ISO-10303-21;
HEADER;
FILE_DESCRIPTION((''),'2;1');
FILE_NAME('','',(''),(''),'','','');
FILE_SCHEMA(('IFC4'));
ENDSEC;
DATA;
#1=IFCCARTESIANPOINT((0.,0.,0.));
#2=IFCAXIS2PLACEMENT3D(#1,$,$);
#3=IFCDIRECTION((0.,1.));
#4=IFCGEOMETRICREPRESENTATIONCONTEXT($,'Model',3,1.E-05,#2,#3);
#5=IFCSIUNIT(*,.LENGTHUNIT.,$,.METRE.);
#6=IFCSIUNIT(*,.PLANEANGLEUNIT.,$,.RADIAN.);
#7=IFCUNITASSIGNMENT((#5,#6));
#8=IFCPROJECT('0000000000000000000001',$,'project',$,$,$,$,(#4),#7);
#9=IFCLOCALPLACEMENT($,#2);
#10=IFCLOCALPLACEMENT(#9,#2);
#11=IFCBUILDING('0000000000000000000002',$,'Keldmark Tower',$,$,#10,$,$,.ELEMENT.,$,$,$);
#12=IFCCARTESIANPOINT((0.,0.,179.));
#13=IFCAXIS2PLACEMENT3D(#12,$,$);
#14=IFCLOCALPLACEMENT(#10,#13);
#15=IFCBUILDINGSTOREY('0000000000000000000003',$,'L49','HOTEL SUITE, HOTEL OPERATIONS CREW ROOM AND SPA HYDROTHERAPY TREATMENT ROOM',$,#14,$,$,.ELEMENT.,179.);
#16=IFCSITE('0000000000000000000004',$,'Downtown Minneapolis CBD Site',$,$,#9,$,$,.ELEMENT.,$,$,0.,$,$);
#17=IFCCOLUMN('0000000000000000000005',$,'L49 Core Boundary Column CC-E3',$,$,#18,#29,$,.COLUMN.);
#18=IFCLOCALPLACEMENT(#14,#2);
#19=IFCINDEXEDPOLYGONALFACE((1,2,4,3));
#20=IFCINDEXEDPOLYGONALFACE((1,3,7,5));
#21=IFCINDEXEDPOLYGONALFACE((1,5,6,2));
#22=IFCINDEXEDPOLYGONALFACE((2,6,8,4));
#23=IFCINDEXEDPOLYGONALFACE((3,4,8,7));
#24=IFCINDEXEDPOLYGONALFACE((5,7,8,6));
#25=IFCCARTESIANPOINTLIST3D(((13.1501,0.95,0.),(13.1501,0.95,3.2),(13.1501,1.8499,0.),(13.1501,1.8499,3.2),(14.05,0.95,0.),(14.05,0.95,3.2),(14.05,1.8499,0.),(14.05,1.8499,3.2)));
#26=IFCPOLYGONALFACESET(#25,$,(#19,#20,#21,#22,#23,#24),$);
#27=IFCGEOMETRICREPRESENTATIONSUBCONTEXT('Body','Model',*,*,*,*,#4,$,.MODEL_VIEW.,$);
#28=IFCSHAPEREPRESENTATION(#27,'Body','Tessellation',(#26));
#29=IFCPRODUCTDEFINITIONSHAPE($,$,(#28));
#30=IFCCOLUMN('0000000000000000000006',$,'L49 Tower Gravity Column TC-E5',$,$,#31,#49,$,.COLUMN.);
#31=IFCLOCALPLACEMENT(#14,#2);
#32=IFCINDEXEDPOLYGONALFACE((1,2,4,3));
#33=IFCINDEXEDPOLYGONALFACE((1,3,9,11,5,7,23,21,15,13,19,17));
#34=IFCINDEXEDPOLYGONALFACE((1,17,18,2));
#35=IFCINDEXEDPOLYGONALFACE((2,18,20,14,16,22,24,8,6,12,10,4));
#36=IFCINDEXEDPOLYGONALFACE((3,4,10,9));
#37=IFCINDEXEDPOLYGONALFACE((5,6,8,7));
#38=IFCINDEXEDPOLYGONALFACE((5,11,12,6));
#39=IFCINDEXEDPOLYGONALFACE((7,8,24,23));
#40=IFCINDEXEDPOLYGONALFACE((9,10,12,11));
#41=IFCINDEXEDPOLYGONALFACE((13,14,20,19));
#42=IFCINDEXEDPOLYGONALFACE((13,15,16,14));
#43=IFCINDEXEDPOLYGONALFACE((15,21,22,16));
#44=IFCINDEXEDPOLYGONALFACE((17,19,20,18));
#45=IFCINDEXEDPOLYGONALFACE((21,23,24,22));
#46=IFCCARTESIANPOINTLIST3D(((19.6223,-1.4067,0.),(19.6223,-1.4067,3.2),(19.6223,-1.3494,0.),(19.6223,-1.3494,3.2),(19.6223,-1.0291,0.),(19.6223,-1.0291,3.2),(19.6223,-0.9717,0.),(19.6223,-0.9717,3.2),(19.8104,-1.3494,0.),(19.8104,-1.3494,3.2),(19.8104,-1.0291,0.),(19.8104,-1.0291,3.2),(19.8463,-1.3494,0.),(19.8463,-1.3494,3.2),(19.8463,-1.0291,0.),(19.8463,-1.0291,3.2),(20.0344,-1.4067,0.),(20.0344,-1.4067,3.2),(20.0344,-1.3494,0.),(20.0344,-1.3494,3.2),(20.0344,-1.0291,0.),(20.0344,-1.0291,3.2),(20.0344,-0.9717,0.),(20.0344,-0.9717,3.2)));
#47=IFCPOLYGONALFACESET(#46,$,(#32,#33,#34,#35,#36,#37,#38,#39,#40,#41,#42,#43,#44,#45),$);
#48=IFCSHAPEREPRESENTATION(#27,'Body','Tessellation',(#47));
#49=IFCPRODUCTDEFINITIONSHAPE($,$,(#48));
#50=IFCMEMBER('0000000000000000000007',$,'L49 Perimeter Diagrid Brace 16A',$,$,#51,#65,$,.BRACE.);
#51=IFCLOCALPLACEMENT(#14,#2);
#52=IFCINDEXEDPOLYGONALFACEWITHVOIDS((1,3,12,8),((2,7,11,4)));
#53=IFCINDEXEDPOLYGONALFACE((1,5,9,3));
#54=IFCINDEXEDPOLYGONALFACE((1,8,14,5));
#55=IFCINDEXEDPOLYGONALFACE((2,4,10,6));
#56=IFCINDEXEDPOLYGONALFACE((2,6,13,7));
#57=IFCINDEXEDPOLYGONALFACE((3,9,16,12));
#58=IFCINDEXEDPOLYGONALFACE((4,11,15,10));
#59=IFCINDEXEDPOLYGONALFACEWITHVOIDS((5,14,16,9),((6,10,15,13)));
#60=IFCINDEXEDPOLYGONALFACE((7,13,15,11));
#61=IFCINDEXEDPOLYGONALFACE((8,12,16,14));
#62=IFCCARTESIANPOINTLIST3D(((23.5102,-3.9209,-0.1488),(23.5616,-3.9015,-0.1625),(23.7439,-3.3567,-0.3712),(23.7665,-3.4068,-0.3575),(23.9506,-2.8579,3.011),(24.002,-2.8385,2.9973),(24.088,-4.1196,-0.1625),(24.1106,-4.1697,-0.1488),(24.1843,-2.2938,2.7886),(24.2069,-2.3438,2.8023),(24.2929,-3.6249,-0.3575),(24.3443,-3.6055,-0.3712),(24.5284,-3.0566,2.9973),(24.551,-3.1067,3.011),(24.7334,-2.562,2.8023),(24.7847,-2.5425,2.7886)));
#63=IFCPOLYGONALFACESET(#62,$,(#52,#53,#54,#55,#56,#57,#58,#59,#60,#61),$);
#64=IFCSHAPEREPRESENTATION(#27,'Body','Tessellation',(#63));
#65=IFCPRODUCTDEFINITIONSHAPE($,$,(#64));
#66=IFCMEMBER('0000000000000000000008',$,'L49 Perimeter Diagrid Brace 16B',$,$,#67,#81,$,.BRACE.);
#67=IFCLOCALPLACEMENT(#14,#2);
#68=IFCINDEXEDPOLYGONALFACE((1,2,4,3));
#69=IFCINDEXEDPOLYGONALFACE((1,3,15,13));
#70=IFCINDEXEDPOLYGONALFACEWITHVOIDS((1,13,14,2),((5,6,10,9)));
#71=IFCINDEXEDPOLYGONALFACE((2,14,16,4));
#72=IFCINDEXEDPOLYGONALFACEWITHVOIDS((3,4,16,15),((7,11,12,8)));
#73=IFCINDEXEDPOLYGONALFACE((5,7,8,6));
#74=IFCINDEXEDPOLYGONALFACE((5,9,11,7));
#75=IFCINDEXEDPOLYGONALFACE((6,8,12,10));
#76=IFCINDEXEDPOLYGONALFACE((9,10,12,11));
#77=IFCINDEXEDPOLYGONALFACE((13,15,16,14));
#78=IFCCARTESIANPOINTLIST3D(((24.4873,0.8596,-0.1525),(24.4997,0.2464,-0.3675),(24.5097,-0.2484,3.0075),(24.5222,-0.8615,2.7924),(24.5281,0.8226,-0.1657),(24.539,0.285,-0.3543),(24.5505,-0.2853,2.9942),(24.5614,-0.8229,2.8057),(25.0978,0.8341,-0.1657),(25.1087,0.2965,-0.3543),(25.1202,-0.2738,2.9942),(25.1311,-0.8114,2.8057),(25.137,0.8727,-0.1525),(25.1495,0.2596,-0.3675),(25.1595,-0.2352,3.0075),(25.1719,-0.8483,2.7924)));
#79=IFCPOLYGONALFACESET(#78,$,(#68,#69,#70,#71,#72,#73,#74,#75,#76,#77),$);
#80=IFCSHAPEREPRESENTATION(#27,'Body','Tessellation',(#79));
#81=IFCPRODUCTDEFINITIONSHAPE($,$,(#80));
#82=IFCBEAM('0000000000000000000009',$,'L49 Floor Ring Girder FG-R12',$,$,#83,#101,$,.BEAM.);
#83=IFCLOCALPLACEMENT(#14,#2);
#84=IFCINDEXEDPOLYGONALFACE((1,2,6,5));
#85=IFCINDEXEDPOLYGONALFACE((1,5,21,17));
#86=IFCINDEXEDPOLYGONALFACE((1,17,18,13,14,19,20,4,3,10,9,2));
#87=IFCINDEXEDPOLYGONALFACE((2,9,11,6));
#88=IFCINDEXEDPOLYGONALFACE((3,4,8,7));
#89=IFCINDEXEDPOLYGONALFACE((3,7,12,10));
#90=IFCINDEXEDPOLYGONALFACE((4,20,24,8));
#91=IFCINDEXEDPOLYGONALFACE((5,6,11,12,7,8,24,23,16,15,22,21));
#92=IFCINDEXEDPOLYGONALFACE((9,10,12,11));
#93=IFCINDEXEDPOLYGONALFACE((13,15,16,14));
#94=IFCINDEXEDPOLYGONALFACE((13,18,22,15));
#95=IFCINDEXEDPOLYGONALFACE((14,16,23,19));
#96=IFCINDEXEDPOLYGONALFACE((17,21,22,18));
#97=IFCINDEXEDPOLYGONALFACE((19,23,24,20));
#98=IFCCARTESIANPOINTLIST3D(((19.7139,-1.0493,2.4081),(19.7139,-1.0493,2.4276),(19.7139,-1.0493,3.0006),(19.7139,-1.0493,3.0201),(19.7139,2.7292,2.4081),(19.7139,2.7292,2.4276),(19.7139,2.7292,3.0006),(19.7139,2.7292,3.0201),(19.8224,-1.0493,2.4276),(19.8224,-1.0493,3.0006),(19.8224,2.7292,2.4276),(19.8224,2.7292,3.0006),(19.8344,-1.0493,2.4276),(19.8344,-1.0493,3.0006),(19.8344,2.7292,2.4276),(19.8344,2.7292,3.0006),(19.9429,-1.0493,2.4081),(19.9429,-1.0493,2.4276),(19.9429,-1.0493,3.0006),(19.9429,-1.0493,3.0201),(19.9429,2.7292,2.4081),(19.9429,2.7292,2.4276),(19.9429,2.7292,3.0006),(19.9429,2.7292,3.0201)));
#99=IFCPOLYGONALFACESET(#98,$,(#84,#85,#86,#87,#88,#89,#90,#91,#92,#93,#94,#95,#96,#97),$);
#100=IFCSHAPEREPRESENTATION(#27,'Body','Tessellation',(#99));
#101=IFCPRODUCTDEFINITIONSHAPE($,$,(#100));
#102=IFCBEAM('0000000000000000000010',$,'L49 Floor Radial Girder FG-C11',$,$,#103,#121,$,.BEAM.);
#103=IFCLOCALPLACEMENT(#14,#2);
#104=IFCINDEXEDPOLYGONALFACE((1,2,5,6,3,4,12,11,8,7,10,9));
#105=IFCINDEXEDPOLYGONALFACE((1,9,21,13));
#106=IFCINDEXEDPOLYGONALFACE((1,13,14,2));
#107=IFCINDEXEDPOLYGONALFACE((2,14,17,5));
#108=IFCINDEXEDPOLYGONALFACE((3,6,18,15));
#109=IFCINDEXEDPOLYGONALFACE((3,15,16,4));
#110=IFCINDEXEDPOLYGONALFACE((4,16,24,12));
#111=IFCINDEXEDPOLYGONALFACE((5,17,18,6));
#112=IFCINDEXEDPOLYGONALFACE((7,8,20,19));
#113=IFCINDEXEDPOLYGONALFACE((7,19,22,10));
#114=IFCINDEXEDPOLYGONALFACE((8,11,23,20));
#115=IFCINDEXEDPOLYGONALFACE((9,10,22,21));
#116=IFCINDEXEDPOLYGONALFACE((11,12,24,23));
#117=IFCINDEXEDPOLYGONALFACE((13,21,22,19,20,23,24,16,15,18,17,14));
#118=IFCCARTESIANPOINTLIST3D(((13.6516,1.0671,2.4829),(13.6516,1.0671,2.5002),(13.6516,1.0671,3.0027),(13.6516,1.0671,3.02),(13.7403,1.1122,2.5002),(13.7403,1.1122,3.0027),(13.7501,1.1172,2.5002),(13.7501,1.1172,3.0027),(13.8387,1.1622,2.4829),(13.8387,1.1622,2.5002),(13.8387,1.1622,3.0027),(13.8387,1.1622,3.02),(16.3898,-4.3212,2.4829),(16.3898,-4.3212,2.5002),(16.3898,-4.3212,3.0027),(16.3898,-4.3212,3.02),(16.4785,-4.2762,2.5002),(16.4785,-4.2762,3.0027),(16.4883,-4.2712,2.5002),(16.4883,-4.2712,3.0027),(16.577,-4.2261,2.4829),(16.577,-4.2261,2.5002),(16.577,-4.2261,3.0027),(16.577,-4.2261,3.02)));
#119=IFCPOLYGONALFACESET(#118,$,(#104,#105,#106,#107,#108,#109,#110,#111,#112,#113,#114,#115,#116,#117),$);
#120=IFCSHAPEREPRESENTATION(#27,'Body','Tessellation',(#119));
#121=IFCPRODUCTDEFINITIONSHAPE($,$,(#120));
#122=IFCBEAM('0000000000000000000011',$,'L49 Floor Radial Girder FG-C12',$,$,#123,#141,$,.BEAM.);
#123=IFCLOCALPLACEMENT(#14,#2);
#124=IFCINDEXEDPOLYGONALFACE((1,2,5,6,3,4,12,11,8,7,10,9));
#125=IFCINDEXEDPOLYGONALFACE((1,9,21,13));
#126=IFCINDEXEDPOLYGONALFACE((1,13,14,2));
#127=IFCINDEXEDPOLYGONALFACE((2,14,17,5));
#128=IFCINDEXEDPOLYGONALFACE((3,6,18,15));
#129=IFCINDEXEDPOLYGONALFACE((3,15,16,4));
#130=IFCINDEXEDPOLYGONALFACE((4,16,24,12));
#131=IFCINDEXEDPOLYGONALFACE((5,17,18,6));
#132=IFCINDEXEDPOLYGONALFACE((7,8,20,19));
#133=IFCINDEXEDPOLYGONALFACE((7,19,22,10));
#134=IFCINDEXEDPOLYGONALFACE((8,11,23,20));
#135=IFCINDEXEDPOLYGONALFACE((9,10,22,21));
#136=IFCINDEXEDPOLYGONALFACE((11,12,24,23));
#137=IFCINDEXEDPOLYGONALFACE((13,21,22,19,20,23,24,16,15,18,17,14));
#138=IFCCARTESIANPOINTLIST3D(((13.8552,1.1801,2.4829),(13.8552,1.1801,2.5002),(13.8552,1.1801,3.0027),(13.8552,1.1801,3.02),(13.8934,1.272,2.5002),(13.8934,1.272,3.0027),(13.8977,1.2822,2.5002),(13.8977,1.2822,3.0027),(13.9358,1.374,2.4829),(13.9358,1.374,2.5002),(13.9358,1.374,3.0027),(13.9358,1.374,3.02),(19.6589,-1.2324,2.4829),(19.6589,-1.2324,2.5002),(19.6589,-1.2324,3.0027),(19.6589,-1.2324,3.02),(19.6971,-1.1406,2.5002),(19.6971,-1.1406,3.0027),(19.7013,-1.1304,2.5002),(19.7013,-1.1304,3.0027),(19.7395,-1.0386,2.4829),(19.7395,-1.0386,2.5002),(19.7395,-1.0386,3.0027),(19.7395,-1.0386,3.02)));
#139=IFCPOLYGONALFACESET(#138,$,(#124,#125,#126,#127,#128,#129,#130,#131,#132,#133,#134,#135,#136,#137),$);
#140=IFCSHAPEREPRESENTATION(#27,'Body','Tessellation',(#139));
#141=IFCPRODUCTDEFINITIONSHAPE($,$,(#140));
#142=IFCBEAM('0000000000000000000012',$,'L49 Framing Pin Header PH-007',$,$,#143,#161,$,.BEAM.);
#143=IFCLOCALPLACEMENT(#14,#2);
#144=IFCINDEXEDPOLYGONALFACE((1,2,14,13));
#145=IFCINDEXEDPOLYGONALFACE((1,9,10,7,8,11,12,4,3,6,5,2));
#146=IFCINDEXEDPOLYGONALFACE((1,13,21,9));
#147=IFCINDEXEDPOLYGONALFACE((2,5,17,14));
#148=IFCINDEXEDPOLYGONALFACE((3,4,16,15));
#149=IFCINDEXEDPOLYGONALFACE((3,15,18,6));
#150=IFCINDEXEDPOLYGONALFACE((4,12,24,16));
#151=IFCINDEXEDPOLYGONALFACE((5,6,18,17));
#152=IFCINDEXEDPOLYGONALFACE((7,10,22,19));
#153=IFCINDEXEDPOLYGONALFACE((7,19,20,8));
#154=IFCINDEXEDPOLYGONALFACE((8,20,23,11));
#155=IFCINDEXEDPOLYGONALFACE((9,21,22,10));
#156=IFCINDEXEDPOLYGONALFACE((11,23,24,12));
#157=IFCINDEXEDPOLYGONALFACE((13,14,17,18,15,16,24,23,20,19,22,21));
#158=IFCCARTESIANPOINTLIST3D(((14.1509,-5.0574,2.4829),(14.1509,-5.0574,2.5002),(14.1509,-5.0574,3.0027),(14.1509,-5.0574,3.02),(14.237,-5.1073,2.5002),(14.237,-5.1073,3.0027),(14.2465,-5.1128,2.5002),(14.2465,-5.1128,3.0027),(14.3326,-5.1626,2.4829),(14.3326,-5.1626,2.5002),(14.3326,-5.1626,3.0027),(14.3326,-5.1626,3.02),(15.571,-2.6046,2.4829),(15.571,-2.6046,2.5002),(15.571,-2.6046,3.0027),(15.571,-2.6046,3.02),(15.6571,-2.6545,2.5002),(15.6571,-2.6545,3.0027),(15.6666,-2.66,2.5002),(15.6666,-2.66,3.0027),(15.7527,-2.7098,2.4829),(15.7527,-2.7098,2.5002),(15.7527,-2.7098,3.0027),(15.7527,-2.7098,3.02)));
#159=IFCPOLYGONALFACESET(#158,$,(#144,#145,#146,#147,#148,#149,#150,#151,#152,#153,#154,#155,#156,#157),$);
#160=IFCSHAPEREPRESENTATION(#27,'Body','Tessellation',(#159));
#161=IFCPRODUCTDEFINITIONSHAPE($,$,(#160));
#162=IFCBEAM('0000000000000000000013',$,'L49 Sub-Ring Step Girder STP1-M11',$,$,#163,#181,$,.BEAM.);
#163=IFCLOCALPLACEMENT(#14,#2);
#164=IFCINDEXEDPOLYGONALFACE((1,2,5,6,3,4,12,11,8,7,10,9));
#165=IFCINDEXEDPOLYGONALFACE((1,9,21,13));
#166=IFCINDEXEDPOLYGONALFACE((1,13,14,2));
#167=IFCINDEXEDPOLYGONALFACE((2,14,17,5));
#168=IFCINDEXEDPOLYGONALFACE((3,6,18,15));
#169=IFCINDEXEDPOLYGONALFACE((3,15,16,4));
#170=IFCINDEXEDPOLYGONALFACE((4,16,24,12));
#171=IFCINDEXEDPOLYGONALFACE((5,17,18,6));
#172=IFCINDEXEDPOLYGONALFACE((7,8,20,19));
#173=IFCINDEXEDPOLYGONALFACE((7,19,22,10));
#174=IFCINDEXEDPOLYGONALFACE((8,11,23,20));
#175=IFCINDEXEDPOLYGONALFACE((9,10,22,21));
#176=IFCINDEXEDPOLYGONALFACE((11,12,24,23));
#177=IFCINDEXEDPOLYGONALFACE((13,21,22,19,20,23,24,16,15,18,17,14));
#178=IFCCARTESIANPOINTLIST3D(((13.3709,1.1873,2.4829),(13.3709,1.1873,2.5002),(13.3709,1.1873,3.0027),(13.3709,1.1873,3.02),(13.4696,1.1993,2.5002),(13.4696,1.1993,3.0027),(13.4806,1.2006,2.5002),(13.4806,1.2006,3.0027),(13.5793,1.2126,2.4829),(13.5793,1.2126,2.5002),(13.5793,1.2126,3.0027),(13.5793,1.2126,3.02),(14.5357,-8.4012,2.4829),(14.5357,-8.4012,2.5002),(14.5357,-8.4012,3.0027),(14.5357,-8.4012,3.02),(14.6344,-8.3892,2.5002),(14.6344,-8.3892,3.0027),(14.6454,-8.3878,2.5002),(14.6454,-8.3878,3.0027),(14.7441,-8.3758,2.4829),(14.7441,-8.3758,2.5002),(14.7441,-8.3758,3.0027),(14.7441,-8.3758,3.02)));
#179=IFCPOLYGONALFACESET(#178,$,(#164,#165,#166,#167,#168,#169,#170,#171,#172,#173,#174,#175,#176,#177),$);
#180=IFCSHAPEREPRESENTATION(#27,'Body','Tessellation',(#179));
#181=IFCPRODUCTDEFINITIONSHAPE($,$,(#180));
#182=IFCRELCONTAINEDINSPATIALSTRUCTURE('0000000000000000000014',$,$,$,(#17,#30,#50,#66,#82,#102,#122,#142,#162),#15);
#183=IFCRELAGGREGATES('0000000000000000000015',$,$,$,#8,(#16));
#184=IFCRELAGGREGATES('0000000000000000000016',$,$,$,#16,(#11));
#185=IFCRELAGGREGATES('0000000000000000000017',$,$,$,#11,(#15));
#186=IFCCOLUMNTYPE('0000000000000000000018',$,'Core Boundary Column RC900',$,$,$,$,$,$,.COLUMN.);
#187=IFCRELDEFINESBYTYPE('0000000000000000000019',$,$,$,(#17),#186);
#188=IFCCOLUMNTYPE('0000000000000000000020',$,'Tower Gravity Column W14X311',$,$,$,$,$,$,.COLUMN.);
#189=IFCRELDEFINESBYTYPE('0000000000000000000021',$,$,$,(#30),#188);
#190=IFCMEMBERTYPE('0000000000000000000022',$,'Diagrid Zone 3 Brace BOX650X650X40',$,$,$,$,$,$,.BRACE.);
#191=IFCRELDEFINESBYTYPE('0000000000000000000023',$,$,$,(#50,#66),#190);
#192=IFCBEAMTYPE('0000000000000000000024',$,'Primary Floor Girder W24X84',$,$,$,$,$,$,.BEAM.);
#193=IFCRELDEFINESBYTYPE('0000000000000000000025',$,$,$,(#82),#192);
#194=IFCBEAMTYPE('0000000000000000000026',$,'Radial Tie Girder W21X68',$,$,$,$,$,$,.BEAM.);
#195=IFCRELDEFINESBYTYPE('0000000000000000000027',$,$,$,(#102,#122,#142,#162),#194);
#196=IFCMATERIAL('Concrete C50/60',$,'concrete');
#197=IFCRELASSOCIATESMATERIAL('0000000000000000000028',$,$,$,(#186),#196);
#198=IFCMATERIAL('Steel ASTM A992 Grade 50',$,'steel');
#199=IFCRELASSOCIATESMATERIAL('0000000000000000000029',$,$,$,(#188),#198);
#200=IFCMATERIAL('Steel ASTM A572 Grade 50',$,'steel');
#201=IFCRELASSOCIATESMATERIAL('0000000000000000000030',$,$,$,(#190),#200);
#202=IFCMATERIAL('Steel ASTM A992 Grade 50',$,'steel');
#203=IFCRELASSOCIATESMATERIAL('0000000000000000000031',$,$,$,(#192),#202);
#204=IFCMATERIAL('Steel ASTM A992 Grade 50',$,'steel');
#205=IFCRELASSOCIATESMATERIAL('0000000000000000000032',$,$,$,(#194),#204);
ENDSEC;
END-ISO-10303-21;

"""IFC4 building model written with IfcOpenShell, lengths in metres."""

from ifc_helpers import new_model, si_unit, direction, frame, origin, origin_2d, place, context, subcontext, project, spatial, rectangle, hollow_rectangle, i_section, extrude, material, material_profile, profile_set, type_object, element, save


model = new_model("IFC4")

# Units and contexts
model_context = context("Model", 3, precision=1e-05, world=origin(), true_north=direction((0.0, 1.0)))
body_context = subcontext(model_context, "Body", "Model", "MODEL_VIEW")
ifc_project = project(units=[si_unit("LENGTHUNIT", "METRE"), si_unit("PLANEANGLEUNIT", "RADIAN")], contexts=[model_context])

# Site, building, storey
site_placement = place(None, origin())
site = spatial("IfcSite", under=ifc_project, at=site_placement, Name="Downtown Minneapolis CBD Site", CompositionType="ELEMENT", RefElevation=0.0)
building_placement = place(site_placement, origin())
building = spatial("IfcBuilding", under=site, at=building_placement, Name="Keldmark Tower", CompositionType="ELEMENT")
storey_placement = place(building_placement, frame((0.0, 0.0, 179.0)))
storey = spatial("IfcBuildingStorey", under=building, at=storey_placement, Name="L49", Description="HOTEL SUITE, HOTEL OPERATIONS CREW ROOM AND SPA HYDROTHERAPY TREATMENT ROOM", CompositionType="ELEMENT", Elevation=179.0)

# Columns
ifc_material_1 = material(Name="Concrete C50/60", Category="concrete")
ifc_material_profile_1 = material_profile(ifc_material_1, rectangle(XDim=0.8999, YDim=0.8999, at=origin_2d()), Name="RC900X900")
ifc_profile_set_1 = profile_set([ifc_material_profile_1], Name="Concrete C50/60")
column_type_1 = type_object("IfcColumnType", Name="Core Boundary Column RC900", PredefinedType="COLUMN", material=ifc_profile_set_1)
column_1_placement = place(storey_placement, frame((13.6001, 1.3999, 0.0), z_axis=(0.0, 0.0, 1.0), x_axis=(1.0, 0.0, 0.0)))
element("IfcColumn", 1, at=column_1_placement, inside=storey, type_object=column_type_1, Name="L49 Core Boundary Column CC-E3", PredefinedType="COLUMN", context=body_context, shape_type="SweptSolid", body=[
    extrude(rectangle(XDim=0.8999, YDim=0.8999, at=origin_2d()), origin(), (0.0, 0.0, 1.0), 3.2),
])
ifc_material_2 = material(Name="Steel ASTM A992 Grade 50", Category="steel")
ifc_material_profile_2 = material_profile(ifc_material_2, i_section(OverallWidth=0.4121, OverallDepth=0.4351, WebThickness=0.0359, FlangeThickness=0.0574, at=origin_2d()), Name="W14X311")
ifc_profile_set_2 = profile_set([ifc_material_profile_2], Name="Steel ASTM A992 Grade 50")
column_type_2 = type_object("IfcColumnType", Name="Tower Gravity Column W14X311", PredefinedType="COLUMN", material=ifc_profile_set_2)
column_2_placement = place(storey_placement, frame((19.8284, -1.1892, 0.0), z_axis=(0.0, 0.0, 1.0), x_axis=(1.0, 0.0, 0.0)))
element("IfcColumn", 2, at=column_2_placement, inside=storey, type_object=column_type_2, Name="L49 Tower Gravity Column TC-E5", PredefinedType="COLUMN", context=body_context, shape_type="SweptSolid", body=[
    extrude(i_section(OverallWidth=0.4121, OverallDepth=0.4351, WebThickness=0.0359, FlangeThickness=0.0574, at=origin_2d()), origin(), (0.0, 0.0, 1.0), 3.2),
])

# Members
ifc_material_3 = material(Name="Steel ASTM A572 Grade 50", Category="steel")
ifc_material_profile_3 = material_profile(ifc_material_3, hollow_rectangle(XDim=0.6499, YDim=0.6499, WallThickness=0.04, at=origin_2d()), Name="BOX650X650X40")
ifc_profile_set_3 = profile_set([ifc_material_profile_3], Name="Steel ASTM A572 Grade 50")
member_type = type_object("IfcMemberType", Name="Diagrid Zone 3 Brace BOX650X650X40", PredefinedType="BRACE", material=ifc_profile_set_3)
member_1_placement = place(storey_placement, frame((23.9272, -3.7632, -0.26), z_axis=(0.130968, 0.316095, 0.939644), x_axis=(-0.923841, 0.382777, 0.0)))
element("IfcMember", 3, at=member_1_placement, inside=storey, type_object=member_type, Name="L49 Perimeter Diagrid Brace 16A", PredefinedType="BRACE", context=body_context, shape_type="SweptSolid", body=[
    extrude(hollow_rectangle(XDim=0.6499, YDim=0.6499, WallThickness=0.04, at=origin_2d()), origin(), (0.0, 0.0, 1.0), 3.3628),
])
member_2_placement = place(storey_placement, frame((24.8184, 0.5596, -0.26), z_axis=(0.006708, -0.330859, 0.943656), x_axis=(0.999795, 0.020269, 0.0)))
element("IfcMember", 4, at=member_2_placement, inside=storey, type_object=member_type, Name="L49 Perimeter Diagrid Brace 16B", PredefinedType="BRACE", context=body_context, shape_type="SweptSolid", body=[
    extrude(hollow_rectangle(XDim=0.6499, YDim=0.6499, WallThickness=0.04, at=origin_2d()), origin(), (0.0, 0.0, 1.0), 3.3486),
])

# Beams
ifc_material_4 = material(Name="Steel ASTM A992 Grade 50", Category="steel")
ifc_material_profile_4 = material_profile(ifc_material_4, i_section(OverallWidth=0.229, OverallDepth=0.6121, WebThickness=0.012, FlangeThickness=0.0195, at=origin_2d()), Name="W24X84")
ifc_profile_set_4 = profile_set([ifc_material_profile_4], Name="Steel ASTM A992 Grade 50")
beam_type_1 = type_object("IfcBeamType", Name="Primary Floor Girder W24X84", PredefinedType="BEAM", material=ifc_profile_set_4)
beam_1_placement = place(storey_placement, frame((19.8284, -1.0493, 2.7141), z_axis=(0.0, 1.0, 0.0), x_axis=(-1.0, 0.0, 0.0)))
element("IfcBeam", 5, at=beam_1_placement, inside=storey, type_object=beam_type_1, Name="L49 Floor Ring Girder FG-R12", PredefinedType="BEAM", context=body_context, shape_type="SweptSolid", body=[
    extrude(i_section(OverallWidth=0.229, OverallDepth=0.6121, WebThickness=0.012, FlangeThickness=0.0195, at=origin_2d()), origin(), (0.0, 0.0, 1.0), 3.7786),
])
ifc_material_5 = material(Name="Steel ASTM A992 Grade 50", Category="steel")
ifc_material_profile_5 = material_profile(ifc_material_5, i_section(OverallWidth=0.21, OverallDepth=0.5371, WebThickness=0.011, FlangeThickness=0.0173, at=origin_2d()), Name="W21X68")
ifc_profile_set_5 = profile_set([ifc_material_profile_5], Name="Steel ASTM A992 Grade 50")
beam_type_2 = type_object("IfcBeamType", Name="Radial Tie Girder W21X68", PredefinedType="BEAM", material=ifc_profile_set_5)
beam_2_placement = place(storey_placement, frame((16.4834, -4.2737, 2.7515), z_axis=(-0.453037, 0.891492, 0.0), x_axis=(-0.891492, -0.453037, 0.0)))
element("IfcBeam", 6, at=beam_2_placement, inside=storey, type_object=beam_type_2, Name="L49 Floor Radial Girder FG-C11", PredefinedType="BEAM", context=body_context, shape_type="SweptSolid", body=[
    extrude(i_section(OverallWidth=0.21, OverallDepth=0.5371, WebThickness=0.011, FlangeThickness=0.0173, at=origin_2d()), origin(), (0.0, 0.0, 1.0), 6.0442),
])
beam_3_placement = place(storey_placement, frame((19.6992, -1.1355, 2.7515), z_axis=(-0.923394, 0.383854, 0.0), x_axis=(-0.383854, -0.923394, 0.0)))
element("IfcBeam", 7, at=beam_3_placement, inside=storey, type_object=beam_type_2, Name="L49 Floor Radial Girder FG-C12", PredefinedType="BEAM", context=body_context, shape_type="SweptSolid", body=[
    extrude(i_section(OverallWidth=0.21, OverallDepth=0.5371, WebThickness=0.011, FlangeThickness=0.0173, at=origin_2d()), origin(), (0.0, 0.0, 1.0), 6.2852),
])
beam_4_placement = place(storey_placement, frame((15.6619, -2.6572, 2.7515), z_axis=(-0.501057, -0.865414, 0.0), x_axis=(0.865414, -0.501057, 0.0)))
element("IfcBeam", 8, at=beam_4_placement, inside=storey, type_object=beam_type_2, Name="L49 Framing Pin Header PH-007", PredefinedType="BEAM", context=body_context, shape_type="SweptSolid", body=[
    extrude(i_section(OverallWidth=0.21, OverallDepth=0.5371, WebThickness=0.011, FlangeThickness=0.0173, at=origin_2d()), origin(), (0.0, 0.0, 1.0), 2.8342),
])
beam_5_placement = place(storey_placement, frame((13.4751, 1.2, 2.7515), z_axis=(0.120593, -0.992702, 0.0), x_axis=(0.992702, 0.120593, 0.0)))
element("IfcBeam", 9, at=beam_5_placement, inside=storey, type_object=beam_type_2, Name="L49 Sub-Ring Step Girder STP1-M11", PredefinedType="BEAM", context=body_context, shape_type="SweptSolid", body=[
    extrude(i_section(OverallWidth=0.21, OverallDepth=0.5371, WebThickness=0.011, FlangeThickness=0.0173, at=origin_2d()), origin(), (0.0, 0.0, 1.0), 9.6589),
])

save(model, "model.ifc")
